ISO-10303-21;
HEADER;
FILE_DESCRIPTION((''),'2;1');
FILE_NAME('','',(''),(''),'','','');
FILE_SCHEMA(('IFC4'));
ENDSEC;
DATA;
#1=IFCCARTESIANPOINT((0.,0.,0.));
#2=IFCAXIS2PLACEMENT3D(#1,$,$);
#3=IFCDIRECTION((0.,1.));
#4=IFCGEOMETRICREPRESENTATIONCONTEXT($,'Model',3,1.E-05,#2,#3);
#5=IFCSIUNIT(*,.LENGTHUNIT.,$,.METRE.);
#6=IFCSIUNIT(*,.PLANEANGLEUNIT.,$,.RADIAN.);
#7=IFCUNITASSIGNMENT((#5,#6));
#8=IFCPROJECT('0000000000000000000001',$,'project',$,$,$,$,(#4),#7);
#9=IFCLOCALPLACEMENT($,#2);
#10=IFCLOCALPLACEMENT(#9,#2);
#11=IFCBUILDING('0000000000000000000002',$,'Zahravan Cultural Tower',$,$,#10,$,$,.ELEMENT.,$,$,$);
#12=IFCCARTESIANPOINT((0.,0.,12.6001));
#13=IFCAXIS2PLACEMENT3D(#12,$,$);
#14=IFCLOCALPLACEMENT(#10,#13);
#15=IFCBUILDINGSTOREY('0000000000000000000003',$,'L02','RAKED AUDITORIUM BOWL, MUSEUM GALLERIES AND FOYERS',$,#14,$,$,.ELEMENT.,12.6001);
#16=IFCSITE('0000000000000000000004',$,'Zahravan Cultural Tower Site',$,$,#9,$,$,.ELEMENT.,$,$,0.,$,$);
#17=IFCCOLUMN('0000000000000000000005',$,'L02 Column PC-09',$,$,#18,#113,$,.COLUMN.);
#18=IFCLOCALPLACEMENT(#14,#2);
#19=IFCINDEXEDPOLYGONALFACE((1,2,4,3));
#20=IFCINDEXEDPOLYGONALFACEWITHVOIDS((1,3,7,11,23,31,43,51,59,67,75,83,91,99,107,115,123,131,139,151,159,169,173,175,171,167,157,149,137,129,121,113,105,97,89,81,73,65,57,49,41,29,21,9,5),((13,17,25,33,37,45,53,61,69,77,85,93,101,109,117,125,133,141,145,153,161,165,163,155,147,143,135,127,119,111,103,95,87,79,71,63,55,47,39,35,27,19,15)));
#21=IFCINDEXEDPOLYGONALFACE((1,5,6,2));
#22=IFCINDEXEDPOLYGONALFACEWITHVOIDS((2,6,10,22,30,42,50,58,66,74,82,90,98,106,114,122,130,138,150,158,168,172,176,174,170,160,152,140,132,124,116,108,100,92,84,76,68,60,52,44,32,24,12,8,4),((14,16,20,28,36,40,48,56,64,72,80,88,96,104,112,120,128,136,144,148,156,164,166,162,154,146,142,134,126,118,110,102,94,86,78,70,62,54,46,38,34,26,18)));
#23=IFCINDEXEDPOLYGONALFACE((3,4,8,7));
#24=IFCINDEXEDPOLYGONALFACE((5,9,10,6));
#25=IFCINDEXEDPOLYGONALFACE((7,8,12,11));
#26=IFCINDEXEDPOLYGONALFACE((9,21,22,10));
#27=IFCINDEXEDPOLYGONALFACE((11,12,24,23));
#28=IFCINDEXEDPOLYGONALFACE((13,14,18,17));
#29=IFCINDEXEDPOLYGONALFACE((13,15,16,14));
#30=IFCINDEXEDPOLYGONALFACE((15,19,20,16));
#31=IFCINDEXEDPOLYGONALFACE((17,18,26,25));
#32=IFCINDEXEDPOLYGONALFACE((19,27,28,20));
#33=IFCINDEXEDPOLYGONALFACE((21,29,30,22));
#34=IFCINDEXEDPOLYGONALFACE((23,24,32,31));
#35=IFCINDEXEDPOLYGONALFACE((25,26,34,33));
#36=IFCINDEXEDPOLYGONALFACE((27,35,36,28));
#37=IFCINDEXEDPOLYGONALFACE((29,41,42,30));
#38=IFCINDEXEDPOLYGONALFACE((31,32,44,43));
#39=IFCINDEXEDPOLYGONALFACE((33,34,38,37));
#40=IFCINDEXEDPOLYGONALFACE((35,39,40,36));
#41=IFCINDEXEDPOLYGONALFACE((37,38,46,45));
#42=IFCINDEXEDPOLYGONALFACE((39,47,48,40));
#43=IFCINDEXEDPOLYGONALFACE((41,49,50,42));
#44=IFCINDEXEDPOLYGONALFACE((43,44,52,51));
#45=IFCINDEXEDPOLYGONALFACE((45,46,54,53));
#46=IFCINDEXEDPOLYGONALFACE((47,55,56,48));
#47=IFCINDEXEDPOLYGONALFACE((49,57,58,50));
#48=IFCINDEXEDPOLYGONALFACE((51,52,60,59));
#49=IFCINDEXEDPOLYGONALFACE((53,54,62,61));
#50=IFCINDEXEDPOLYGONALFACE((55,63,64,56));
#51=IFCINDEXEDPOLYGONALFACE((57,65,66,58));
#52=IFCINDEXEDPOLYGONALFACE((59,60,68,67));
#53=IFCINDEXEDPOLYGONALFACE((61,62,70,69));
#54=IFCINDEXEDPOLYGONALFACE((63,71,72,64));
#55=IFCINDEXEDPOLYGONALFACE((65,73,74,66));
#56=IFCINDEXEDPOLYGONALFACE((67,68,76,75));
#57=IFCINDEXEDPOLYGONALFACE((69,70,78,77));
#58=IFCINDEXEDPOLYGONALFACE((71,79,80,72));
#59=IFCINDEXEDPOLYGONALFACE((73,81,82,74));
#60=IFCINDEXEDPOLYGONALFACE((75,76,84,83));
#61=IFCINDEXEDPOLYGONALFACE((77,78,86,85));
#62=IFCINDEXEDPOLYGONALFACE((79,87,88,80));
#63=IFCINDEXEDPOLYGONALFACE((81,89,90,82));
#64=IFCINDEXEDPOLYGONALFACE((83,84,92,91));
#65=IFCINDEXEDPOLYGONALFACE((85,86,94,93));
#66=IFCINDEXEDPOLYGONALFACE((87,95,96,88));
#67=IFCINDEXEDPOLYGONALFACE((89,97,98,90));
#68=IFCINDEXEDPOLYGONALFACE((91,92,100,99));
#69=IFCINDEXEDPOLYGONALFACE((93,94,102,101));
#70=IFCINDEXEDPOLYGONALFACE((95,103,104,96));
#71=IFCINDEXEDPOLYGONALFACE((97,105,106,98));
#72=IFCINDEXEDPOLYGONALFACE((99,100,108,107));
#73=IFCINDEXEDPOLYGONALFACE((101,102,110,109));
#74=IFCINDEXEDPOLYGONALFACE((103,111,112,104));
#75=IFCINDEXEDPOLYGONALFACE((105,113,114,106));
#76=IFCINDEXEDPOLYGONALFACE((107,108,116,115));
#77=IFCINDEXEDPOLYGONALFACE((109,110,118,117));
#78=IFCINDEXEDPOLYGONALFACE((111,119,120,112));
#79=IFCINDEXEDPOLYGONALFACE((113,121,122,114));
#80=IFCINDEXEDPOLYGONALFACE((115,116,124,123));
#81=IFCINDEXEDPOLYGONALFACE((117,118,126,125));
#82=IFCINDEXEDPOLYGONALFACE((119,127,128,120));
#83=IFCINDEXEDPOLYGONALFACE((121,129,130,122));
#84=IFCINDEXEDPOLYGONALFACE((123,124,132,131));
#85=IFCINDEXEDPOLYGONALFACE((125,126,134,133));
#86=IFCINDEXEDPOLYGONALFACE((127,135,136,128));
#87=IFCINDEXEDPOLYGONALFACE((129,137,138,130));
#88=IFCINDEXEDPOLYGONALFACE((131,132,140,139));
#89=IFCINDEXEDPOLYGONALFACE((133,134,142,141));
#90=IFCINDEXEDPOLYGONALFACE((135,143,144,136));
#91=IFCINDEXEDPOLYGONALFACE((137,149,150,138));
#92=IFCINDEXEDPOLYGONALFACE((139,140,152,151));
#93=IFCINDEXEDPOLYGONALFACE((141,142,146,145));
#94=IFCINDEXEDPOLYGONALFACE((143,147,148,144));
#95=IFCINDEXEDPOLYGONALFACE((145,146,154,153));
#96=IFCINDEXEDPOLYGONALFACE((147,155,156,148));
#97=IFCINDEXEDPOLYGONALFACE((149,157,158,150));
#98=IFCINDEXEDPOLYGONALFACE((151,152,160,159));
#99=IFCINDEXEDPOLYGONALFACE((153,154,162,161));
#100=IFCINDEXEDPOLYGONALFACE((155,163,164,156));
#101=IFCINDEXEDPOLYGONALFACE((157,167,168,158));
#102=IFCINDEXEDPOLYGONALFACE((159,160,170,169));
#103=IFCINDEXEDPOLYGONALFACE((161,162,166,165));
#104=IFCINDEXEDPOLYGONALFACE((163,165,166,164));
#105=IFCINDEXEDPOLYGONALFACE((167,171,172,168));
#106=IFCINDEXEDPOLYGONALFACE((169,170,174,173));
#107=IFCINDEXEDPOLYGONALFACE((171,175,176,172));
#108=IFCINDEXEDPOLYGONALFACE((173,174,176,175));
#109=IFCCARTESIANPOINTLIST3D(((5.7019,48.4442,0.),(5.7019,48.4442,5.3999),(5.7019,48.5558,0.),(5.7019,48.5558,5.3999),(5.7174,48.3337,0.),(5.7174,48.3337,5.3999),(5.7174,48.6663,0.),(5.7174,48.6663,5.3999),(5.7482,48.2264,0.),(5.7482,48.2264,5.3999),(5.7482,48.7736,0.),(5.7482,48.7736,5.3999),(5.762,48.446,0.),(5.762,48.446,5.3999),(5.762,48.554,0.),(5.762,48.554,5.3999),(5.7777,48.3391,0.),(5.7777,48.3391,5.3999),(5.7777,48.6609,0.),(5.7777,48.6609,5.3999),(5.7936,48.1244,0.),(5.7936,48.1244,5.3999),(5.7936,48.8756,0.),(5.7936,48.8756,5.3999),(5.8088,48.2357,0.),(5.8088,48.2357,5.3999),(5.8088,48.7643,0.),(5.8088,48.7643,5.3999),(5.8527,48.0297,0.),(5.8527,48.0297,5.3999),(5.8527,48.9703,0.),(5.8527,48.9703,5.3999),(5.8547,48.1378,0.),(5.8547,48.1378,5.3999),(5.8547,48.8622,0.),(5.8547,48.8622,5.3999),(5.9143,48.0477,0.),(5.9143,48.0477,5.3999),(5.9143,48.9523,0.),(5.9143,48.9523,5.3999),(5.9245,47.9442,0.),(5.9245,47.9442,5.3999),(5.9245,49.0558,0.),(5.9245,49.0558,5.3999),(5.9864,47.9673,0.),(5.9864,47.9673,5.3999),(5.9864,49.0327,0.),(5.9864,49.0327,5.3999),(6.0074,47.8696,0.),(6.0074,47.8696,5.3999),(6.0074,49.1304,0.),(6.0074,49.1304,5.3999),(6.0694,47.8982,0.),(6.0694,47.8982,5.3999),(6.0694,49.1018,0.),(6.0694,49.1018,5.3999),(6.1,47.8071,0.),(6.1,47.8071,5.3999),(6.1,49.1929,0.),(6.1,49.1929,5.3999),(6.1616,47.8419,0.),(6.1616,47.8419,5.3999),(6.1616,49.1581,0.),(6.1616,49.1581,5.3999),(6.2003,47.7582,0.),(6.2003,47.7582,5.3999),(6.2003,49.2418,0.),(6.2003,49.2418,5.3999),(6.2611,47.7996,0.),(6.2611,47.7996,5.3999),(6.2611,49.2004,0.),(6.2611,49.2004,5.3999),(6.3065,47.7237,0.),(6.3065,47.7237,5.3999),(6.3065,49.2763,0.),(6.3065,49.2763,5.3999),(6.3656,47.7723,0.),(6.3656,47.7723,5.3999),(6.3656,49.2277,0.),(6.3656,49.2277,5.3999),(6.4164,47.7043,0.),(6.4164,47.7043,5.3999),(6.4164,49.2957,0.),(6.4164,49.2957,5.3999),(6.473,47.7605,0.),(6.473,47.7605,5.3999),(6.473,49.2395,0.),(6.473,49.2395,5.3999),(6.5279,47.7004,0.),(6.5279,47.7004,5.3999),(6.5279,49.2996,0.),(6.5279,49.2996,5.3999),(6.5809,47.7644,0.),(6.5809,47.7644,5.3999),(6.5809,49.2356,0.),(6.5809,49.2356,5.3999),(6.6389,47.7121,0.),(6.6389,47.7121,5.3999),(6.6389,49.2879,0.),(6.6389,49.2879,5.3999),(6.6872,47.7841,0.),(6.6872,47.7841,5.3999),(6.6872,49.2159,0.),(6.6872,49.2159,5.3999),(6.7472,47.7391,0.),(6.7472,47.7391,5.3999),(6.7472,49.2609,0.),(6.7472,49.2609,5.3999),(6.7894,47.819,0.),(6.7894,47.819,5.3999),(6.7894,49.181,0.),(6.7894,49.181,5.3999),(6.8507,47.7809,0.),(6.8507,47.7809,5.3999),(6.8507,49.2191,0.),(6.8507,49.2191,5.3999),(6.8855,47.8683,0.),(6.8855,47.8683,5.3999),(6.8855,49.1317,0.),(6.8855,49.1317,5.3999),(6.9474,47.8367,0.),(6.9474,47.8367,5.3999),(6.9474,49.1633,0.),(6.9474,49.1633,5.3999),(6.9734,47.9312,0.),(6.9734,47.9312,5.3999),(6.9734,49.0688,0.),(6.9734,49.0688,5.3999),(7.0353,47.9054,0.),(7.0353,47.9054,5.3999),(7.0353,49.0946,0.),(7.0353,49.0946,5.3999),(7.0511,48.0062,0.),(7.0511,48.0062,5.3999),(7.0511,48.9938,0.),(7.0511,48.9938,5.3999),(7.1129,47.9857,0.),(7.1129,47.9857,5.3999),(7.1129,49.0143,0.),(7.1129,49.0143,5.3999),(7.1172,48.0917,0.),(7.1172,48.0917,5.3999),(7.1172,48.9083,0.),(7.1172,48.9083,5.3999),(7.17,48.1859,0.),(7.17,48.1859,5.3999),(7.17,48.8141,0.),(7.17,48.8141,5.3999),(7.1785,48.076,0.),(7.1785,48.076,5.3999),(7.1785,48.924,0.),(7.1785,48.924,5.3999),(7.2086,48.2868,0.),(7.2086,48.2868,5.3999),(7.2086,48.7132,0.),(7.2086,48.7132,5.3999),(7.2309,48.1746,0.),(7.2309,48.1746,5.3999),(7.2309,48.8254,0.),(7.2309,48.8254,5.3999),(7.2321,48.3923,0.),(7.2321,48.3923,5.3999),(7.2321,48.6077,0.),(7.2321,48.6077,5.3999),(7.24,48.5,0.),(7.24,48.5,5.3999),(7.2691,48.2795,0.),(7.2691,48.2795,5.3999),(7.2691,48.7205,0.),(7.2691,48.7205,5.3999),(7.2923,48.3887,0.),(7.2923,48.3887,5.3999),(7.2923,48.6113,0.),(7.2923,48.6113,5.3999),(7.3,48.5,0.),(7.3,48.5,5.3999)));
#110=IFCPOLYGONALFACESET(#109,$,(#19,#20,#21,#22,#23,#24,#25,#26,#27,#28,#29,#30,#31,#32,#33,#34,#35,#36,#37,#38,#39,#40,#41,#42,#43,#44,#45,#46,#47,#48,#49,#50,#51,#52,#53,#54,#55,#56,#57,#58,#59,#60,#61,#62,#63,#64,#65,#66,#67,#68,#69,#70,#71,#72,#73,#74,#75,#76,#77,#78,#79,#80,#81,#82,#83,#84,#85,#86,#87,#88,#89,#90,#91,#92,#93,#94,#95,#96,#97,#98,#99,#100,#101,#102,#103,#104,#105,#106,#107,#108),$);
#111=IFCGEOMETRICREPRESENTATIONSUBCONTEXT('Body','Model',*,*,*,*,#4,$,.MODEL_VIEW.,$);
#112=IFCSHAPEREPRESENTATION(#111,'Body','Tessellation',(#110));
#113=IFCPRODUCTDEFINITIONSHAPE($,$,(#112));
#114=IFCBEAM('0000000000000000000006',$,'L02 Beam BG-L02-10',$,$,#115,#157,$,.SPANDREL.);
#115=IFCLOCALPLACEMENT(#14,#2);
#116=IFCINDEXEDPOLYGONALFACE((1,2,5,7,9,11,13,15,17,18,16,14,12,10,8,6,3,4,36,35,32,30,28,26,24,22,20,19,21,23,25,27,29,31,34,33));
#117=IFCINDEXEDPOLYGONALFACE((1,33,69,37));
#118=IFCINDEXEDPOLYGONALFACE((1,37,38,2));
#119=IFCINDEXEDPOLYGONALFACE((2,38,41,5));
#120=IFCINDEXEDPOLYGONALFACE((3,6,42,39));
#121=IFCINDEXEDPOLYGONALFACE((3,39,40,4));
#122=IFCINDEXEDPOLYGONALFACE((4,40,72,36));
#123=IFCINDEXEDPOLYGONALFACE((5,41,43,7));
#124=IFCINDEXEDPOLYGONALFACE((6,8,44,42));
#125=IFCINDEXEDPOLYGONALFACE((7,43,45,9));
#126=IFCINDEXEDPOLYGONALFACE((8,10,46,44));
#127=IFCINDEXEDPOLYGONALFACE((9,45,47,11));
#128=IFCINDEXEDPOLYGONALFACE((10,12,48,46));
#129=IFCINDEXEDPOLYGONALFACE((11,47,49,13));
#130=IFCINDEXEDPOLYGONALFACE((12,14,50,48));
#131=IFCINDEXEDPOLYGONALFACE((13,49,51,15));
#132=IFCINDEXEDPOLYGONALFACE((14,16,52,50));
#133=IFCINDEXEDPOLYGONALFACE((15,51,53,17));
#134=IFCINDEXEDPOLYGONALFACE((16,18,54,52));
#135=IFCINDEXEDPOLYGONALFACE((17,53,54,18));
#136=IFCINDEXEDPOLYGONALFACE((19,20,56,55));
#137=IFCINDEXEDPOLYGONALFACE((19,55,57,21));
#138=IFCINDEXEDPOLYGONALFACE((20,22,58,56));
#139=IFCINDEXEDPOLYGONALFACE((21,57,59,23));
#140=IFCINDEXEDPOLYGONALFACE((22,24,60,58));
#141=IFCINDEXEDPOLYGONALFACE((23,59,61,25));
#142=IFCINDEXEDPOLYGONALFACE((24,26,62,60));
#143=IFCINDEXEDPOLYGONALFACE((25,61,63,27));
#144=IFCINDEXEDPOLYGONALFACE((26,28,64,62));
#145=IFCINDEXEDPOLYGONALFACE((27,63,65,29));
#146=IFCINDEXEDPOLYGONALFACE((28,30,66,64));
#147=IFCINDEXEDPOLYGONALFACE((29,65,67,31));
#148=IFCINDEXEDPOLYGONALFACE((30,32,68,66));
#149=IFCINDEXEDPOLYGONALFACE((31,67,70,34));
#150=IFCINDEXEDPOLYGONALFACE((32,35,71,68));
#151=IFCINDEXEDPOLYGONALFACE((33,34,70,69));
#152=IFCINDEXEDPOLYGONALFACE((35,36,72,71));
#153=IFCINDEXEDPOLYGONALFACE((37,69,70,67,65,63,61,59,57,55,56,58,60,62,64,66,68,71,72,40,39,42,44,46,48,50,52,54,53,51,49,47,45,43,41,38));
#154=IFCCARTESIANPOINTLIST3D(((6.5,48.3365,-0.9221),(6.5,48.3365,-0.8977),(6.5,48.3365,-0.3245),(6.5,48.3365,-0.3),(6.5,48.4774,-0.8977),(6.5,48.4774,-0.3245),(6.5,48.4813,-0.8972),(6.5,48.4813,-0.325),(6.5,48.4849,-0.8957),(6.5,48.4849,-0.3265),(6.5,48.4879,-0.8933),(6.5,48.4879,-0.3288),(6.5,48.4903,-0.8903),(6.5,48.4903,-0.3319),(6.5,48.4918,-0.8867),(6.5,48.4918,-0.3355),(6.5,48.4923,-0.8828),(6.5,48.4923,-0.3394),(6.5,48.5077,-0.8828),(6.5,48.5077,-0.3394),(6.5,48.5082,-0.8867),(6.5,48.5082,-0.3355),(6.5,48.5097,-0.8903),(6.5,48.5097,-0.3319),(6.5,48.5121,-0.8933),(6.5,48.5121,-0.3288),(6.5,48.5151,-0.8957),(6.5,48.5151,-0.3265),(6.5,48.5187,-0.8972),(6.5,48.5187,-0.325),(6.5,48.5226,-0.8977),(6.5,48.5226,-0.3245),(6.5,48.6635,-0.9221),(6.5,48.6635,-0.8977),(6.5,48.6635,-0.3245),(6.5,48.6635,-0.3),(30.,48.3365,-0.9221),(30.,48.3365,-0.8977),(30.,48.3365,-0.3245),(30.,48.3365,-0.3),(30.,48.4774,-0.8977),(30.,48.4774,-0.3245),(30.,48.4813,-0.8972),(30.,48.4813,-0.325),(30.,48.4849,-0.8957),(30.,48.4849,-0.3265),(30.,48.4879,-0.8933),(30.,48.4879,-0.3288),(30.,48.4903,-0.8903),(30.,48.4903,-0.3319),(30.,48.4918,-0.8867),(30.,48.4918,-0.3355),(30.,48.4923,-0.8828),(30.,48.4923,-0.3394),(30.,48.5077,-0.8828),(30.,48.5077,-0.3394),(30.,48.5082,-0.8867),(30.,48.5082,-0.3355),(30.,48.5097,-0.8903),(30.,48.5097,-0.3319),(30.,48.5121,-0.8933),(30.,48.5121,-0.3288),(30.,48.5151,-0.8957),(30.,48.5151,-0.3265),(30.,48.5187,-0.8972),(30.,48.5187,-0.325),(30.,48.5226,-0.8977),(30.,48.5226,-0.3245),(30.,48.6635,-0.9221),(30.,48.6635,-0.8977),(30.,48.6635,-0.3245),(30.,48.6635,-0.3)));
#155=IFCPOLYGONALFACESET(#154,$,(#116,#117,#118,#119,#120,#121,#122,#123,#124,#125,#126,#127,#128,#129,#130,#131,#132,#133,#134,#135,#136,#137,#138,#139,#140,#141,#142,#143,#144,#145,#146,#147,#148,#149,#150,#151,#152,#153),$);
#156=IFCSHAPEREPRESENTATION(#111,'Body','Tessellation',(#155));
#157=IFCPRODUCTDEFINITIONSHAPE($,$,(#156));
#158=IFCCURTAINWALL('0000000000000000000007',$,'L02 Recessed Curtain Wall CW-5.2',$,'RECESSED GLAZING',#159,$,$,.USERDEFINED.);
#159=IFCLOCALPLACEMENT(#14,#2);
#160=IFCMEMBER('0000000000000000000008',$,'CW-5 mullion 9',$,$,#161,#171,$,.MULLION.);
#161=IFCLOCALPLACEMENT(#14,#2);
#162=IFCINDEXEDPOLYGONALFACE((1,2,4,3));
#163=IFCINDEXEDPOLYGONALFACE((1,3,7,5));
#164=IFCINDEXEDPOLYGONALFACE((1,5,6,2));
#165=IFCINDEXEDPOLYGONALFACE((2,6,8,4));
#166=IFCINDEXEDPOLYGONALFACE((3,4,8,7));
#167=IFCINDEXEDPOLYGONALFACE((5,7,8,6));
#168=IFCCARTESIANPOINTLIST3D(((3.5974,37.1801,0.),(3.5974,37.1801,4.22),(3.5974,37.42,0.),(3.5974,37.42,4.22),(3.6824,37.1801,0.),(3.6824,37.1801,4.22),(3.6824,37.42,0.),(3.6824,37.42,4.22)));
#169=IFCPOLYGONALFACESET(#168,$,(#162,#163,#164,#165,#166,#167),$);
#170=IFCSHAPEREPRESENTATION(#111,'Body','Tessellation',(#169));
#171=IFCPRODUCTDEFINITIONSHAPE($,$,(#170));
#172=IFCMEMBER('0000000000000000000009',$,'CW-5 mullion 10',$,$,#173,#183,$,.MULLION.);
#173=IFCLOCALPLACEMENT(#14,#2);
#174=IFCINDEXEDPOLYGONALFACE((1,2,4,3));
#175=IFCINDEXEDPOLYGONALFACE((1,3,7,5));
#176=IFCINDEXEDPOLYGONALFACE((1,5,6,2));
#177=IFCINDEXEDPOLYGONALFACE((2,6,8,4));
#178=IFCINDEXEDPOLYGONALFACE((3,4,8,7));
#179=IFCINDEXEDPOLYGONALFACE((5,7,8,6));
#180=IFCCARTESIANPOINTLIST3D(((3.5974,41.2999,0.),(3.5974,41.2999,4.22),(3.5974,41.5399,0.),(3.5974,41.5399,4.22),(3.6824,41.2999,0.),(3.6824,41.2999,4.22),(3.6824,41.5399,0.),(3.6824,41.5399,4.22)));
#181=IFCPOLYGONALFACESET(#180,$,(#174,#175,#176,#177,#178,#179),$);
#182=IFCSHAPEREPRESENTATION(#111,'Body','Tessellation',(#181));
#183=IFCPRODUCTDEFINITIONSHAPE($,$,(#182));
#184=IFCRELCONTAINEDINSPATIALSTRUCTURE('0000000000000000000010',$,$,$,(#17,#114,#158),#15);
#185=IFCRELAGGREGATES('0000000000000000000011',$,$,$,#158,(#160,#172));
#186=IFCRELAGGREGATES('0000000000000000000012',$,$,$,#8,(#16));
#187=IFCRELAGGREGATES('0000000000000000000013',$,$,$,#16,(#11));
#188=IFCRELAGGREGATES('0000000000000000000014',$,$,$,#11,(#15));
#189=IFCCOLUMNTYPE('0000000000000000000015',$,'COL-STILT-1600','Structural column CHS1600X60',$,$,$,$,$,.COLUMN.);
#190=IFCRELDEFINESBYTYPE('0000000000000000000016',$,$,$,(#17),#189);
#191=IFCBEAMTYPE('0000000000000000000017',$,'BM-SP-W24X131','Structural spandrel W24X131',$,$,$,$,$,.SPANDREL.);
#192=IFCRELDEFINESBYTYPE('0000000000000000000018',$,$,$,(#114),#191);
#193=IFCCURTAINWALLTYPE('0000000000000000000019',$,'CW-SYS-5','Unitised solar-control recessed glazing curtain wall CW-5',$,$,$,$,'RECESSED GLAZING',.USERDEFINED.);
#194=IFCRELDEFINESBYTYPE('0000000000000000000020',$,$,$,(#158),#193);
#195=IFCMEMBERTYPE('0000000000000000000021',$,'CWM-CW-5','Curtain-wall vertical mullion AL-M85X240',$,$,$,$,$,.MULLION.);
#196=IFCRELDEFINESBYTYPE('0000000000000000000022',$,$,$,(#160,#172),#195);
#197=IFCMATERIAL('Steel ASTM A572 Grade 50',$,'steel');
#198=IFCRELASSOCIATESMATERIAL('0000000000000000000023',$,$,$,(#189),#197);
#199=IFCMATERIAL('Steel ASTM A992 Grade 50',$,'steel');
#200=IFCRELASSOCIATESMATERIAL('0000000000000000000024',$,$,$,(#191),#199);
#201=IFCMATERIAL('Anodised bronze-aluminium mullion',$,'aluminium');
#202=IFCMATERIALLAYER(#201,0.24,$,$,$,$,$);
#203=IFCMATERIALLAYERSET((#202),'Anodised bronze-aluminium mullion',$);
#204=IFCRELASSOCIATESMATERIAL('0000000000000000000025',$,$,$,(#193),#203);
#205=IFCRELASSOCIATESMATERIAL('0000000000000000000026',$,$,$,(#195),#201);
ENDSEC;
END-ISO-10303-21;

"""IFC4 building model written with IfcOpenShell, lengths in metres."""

from ifc_helpers import new_model, si_unit, direction, frame, origin, origin_2d, place, context, subcontext, project, spatial, rectangle, hollow_circle, i_section, extrude, source, transform, mapped, material, layer, layer_set, material_profile, profile_set, type_object, element, aggregate, save


model = new_model("IFC4")

# Units and contexts
model_context = context("Model", 3, precision=1e-05, world=origin(), true_north=direction((0.0, 1.0)))
body_context = subcontext(model_context, "Body", "Model", "MODEL_VIEW")
ifc_project = project(units=[si_unit("LENGTHUNIT", "METRE"), si_unit("PLANEANGLEUNIT", "RADIAN")], contexts=[model_context])

# Site, building, storey
site_placement = place(None, origin())
site = spatial("IfcSite", under=ifc_project, at=site_placement, Name="Zahravan Cultural Tower Site", CompositionType="ELEMENT", RefElevation=0.0)
building_placement = place(site_placement, origin())
building = spatial("IfcBuilding", under=site, at=building_placement, Name="Zahravan Cultural Tower", CompositionType="ELEMENT")
storey_placement = place(building_placement, frame((0.0, 0.0, 12.6001)))
storey = spatial("IfcBuildingStorey", under=building, at=storey_placement, Name="L02", Description="RAKED AUDITORIUM BOWL, MUSEUM GALLERIES AND FOYERS", CompositionType="ELEMENT", Elevation=12.6001)

# Column
ifc_material_1 = material(Name="Steel ASTM A572 Grade 50", Category="steel")
ifc_material_profile_1 = material_profile(ifc_material_1, hollow_circle(Radius=0.8, WallThickness=0.0601, at=origin_2d()), Name="CHS1600X60")
ifc_profile_set_1 = profile_set([ifc_material_profile_1], Name="Steel ASTM A572 Grade 50")
column_type = type_object("IfcColumnType", Name="COL-STILT-1600", Description="Structural column CHS1600X60", PredefinedType="COLUMN", material=ifc_profile_set_1)
shared_shape_1 = source(origin(), body_context, "Body", "SweptSolid", [
    extrude(hollow_circle(Radius=0.8, WallThickness=0.0601, at=origin_2d()), origin(), (0.0, 0.0, 1.0), 5.3999),
])
column_placement = place(storey_placement, frame((6.5, 48.5, 0.0), z_axis=(0.0, 0.0, 1.0), x_axis=(1.0, 0.0, 0.0)))
element("IfcColumn", 1, at=column_placement, inside=storey, type_object=column_type, Name="L02 Column PC-09", PredefinedType="COLUMN", context=body_context, shape_type="MappedRepresentation", body=[
    mapped(shared_shape_1, transform((0.0, 0.0, 0.0), x_axis=(1.0, 0.0, 0.0), y_axis=(0.0, 1.0, 0.0), z_axis=(0.0, 0.0, 1.0), scale=1.0)),
])

# Beam
ifc_material_2 = material(Name="Steel ASTM A992 Grade 50", Category="steel")
ifc_material_profile_2 = material_profile(ifc_material_2, i_section(OverallWidth=0.3269, OverallDepth=0.6221, WebThickness=0.0154, FlangeThickness=0.0244, FilletRadius=0.0149, at=origin_2d()), Name="W24X131")
ifc_profile_set_2 = profile_set([ifc_material_profile_2], Name="Steel ASTM A992 Grade 50")
beam_type = type_object("IfcBeamType", Name="BM-SP-W24X131", Description="Structural spandrel W24X131", PredefinedType="SPANDREL", material=ifc_profile_set_2)
shared_shape_2 = source(origin(), body_context, "Body", "SweptSolid", [
    extrude(i_section(OverallWidth=0.3269, OverallDepth=0.6221, WebThickness=0.0154, FlangeThickness=0.0244, FilletRadius=0.0149, at=origin_2d()), origin(), (0.0, 0.0, 1.0), 23.5),
])
beam_placement = place(storey_placement, frame((6.5, 48.5, -0.6111), z_axis=(1.0, 0.0, 0.0), x_axis=(0.0, 1.0, 0.0)))
element("IfcBeam", 2, at=beam_placement, inside=storey, type_object=beam_type, Name="L02 Beam BG-L02-10", PredefinedType="SPANDREL", context=body_context, shape_type="MappedRepresentation", body=[
    mapped(shared_shape_2, transform((0.0, 0.0, 0.0), x_axis=(1.0, 0.0, 0.0), y_axis=(0.0, 1.0, 0.0), z_axis=(0.0, 0.0, 1.0), scale=1.0)),
])

# Curtain wall, members
ifc_material_3 = material(Name="Anodised bronze-aluminium mullion", Category="aluminium")
ifc_layer_1 = layer(ifc_material_3, 0.24)
ifc_layer_set_1 = layer_set([ifc_layer_1], Name="Anodised bronze-aluminium mullion")
curtain_wall_type = type_object("IfcCurtainWallType", Name="CW-SYS-5", Description="Unitised solar-control recessed glazing curtain wall CW-5", ElementType="RECESSED GLAZING", PredefinedType="USERDEFINED", material=ifc_layer_set_1)
curtain_wall_placement = place(storey_placement, origin())
curtain_wall = element("IfcCurtainWall", 3, at=curtain_wall_placement, inside=storey, type_object=curtain_wall_type, Name="L02 Recessed Curtain Wall CW-5.2", ObjectType="RECESSED GLAZING", PredefinedType="USERDEFINED")
ifc_material_profile_3 = material_profile(ifc_material_3, rectangle(XDim=0.085, YDim=0.24, at=origin_2d()), Name="AL-M85X240")
ifc_profile_set_3 = profile_set([ifc_material_profile_3], Name="Anodised bronze-aluminium mullion")
member_type_1 = type_object("IfcMemberType", Name="CWM-CW-5", Description="Curtain-wall vertical mullion AL-M85X240", PredefinedType="MULLION", material=ifc_profile_set_3)
shared_shape_3 = source(origin(), body_context, "Body", "SweptSolid", [
    extrude(rectangle(XDim=0.085, YDim=0.24, at=origin_2d()), origin(), (0.0, 0.0, 1.0), 4.22),
])
member_1_placement = place(storey_placement, frame((3.6399, 37.3, 0.0), z_axis=(0.0, 0.0, 1.0), x_axis=(-1.0, 0.0, 0.0)))
member_1 = element("IfcMember", 4, at=member_1_placement, type_object=member_type_1, Name="CW-5 mullion 9", PredefinedType="MULLION", context=body_context, shape_type="MappedRepresentation", body=[
    mapped(shared_shape_3, transform((0.0, 0.0, 0.0), x_axis=(1.0, 0.0, 0.0), y_axis=(0.0, 1.0, 0.0), z_axis=(0.0, 0.0, 1.0), scale=1.0)),
])
member_2_placement = place(storey_placement, frame((3.6399, 41.4199, 0.0), z_axis=(0.0, 0.0, 1.0), x_axis=(-1.0, 0.0, 0.0)))
member_2 = element("IfcMember", 5, at=member_2_placement, type_object=member_type_1, Name="CW-5 mullion 10", PredefinedType="MULLION", context=body_context, shape_type="MappedRepresentation", body=[
    mapped(shared_shape_3, transform((0.0, 0.0, 0.0), x_axis=(1.0, 0.0, 0.0), y_axis=(0.0, 1.0, 0.0), z_axis=(0.0, 0.0, 1.0), scale=1.0)),
])
aggregate(curtain_wall, [member_1, member_2])

save(model, "model.ifc")
